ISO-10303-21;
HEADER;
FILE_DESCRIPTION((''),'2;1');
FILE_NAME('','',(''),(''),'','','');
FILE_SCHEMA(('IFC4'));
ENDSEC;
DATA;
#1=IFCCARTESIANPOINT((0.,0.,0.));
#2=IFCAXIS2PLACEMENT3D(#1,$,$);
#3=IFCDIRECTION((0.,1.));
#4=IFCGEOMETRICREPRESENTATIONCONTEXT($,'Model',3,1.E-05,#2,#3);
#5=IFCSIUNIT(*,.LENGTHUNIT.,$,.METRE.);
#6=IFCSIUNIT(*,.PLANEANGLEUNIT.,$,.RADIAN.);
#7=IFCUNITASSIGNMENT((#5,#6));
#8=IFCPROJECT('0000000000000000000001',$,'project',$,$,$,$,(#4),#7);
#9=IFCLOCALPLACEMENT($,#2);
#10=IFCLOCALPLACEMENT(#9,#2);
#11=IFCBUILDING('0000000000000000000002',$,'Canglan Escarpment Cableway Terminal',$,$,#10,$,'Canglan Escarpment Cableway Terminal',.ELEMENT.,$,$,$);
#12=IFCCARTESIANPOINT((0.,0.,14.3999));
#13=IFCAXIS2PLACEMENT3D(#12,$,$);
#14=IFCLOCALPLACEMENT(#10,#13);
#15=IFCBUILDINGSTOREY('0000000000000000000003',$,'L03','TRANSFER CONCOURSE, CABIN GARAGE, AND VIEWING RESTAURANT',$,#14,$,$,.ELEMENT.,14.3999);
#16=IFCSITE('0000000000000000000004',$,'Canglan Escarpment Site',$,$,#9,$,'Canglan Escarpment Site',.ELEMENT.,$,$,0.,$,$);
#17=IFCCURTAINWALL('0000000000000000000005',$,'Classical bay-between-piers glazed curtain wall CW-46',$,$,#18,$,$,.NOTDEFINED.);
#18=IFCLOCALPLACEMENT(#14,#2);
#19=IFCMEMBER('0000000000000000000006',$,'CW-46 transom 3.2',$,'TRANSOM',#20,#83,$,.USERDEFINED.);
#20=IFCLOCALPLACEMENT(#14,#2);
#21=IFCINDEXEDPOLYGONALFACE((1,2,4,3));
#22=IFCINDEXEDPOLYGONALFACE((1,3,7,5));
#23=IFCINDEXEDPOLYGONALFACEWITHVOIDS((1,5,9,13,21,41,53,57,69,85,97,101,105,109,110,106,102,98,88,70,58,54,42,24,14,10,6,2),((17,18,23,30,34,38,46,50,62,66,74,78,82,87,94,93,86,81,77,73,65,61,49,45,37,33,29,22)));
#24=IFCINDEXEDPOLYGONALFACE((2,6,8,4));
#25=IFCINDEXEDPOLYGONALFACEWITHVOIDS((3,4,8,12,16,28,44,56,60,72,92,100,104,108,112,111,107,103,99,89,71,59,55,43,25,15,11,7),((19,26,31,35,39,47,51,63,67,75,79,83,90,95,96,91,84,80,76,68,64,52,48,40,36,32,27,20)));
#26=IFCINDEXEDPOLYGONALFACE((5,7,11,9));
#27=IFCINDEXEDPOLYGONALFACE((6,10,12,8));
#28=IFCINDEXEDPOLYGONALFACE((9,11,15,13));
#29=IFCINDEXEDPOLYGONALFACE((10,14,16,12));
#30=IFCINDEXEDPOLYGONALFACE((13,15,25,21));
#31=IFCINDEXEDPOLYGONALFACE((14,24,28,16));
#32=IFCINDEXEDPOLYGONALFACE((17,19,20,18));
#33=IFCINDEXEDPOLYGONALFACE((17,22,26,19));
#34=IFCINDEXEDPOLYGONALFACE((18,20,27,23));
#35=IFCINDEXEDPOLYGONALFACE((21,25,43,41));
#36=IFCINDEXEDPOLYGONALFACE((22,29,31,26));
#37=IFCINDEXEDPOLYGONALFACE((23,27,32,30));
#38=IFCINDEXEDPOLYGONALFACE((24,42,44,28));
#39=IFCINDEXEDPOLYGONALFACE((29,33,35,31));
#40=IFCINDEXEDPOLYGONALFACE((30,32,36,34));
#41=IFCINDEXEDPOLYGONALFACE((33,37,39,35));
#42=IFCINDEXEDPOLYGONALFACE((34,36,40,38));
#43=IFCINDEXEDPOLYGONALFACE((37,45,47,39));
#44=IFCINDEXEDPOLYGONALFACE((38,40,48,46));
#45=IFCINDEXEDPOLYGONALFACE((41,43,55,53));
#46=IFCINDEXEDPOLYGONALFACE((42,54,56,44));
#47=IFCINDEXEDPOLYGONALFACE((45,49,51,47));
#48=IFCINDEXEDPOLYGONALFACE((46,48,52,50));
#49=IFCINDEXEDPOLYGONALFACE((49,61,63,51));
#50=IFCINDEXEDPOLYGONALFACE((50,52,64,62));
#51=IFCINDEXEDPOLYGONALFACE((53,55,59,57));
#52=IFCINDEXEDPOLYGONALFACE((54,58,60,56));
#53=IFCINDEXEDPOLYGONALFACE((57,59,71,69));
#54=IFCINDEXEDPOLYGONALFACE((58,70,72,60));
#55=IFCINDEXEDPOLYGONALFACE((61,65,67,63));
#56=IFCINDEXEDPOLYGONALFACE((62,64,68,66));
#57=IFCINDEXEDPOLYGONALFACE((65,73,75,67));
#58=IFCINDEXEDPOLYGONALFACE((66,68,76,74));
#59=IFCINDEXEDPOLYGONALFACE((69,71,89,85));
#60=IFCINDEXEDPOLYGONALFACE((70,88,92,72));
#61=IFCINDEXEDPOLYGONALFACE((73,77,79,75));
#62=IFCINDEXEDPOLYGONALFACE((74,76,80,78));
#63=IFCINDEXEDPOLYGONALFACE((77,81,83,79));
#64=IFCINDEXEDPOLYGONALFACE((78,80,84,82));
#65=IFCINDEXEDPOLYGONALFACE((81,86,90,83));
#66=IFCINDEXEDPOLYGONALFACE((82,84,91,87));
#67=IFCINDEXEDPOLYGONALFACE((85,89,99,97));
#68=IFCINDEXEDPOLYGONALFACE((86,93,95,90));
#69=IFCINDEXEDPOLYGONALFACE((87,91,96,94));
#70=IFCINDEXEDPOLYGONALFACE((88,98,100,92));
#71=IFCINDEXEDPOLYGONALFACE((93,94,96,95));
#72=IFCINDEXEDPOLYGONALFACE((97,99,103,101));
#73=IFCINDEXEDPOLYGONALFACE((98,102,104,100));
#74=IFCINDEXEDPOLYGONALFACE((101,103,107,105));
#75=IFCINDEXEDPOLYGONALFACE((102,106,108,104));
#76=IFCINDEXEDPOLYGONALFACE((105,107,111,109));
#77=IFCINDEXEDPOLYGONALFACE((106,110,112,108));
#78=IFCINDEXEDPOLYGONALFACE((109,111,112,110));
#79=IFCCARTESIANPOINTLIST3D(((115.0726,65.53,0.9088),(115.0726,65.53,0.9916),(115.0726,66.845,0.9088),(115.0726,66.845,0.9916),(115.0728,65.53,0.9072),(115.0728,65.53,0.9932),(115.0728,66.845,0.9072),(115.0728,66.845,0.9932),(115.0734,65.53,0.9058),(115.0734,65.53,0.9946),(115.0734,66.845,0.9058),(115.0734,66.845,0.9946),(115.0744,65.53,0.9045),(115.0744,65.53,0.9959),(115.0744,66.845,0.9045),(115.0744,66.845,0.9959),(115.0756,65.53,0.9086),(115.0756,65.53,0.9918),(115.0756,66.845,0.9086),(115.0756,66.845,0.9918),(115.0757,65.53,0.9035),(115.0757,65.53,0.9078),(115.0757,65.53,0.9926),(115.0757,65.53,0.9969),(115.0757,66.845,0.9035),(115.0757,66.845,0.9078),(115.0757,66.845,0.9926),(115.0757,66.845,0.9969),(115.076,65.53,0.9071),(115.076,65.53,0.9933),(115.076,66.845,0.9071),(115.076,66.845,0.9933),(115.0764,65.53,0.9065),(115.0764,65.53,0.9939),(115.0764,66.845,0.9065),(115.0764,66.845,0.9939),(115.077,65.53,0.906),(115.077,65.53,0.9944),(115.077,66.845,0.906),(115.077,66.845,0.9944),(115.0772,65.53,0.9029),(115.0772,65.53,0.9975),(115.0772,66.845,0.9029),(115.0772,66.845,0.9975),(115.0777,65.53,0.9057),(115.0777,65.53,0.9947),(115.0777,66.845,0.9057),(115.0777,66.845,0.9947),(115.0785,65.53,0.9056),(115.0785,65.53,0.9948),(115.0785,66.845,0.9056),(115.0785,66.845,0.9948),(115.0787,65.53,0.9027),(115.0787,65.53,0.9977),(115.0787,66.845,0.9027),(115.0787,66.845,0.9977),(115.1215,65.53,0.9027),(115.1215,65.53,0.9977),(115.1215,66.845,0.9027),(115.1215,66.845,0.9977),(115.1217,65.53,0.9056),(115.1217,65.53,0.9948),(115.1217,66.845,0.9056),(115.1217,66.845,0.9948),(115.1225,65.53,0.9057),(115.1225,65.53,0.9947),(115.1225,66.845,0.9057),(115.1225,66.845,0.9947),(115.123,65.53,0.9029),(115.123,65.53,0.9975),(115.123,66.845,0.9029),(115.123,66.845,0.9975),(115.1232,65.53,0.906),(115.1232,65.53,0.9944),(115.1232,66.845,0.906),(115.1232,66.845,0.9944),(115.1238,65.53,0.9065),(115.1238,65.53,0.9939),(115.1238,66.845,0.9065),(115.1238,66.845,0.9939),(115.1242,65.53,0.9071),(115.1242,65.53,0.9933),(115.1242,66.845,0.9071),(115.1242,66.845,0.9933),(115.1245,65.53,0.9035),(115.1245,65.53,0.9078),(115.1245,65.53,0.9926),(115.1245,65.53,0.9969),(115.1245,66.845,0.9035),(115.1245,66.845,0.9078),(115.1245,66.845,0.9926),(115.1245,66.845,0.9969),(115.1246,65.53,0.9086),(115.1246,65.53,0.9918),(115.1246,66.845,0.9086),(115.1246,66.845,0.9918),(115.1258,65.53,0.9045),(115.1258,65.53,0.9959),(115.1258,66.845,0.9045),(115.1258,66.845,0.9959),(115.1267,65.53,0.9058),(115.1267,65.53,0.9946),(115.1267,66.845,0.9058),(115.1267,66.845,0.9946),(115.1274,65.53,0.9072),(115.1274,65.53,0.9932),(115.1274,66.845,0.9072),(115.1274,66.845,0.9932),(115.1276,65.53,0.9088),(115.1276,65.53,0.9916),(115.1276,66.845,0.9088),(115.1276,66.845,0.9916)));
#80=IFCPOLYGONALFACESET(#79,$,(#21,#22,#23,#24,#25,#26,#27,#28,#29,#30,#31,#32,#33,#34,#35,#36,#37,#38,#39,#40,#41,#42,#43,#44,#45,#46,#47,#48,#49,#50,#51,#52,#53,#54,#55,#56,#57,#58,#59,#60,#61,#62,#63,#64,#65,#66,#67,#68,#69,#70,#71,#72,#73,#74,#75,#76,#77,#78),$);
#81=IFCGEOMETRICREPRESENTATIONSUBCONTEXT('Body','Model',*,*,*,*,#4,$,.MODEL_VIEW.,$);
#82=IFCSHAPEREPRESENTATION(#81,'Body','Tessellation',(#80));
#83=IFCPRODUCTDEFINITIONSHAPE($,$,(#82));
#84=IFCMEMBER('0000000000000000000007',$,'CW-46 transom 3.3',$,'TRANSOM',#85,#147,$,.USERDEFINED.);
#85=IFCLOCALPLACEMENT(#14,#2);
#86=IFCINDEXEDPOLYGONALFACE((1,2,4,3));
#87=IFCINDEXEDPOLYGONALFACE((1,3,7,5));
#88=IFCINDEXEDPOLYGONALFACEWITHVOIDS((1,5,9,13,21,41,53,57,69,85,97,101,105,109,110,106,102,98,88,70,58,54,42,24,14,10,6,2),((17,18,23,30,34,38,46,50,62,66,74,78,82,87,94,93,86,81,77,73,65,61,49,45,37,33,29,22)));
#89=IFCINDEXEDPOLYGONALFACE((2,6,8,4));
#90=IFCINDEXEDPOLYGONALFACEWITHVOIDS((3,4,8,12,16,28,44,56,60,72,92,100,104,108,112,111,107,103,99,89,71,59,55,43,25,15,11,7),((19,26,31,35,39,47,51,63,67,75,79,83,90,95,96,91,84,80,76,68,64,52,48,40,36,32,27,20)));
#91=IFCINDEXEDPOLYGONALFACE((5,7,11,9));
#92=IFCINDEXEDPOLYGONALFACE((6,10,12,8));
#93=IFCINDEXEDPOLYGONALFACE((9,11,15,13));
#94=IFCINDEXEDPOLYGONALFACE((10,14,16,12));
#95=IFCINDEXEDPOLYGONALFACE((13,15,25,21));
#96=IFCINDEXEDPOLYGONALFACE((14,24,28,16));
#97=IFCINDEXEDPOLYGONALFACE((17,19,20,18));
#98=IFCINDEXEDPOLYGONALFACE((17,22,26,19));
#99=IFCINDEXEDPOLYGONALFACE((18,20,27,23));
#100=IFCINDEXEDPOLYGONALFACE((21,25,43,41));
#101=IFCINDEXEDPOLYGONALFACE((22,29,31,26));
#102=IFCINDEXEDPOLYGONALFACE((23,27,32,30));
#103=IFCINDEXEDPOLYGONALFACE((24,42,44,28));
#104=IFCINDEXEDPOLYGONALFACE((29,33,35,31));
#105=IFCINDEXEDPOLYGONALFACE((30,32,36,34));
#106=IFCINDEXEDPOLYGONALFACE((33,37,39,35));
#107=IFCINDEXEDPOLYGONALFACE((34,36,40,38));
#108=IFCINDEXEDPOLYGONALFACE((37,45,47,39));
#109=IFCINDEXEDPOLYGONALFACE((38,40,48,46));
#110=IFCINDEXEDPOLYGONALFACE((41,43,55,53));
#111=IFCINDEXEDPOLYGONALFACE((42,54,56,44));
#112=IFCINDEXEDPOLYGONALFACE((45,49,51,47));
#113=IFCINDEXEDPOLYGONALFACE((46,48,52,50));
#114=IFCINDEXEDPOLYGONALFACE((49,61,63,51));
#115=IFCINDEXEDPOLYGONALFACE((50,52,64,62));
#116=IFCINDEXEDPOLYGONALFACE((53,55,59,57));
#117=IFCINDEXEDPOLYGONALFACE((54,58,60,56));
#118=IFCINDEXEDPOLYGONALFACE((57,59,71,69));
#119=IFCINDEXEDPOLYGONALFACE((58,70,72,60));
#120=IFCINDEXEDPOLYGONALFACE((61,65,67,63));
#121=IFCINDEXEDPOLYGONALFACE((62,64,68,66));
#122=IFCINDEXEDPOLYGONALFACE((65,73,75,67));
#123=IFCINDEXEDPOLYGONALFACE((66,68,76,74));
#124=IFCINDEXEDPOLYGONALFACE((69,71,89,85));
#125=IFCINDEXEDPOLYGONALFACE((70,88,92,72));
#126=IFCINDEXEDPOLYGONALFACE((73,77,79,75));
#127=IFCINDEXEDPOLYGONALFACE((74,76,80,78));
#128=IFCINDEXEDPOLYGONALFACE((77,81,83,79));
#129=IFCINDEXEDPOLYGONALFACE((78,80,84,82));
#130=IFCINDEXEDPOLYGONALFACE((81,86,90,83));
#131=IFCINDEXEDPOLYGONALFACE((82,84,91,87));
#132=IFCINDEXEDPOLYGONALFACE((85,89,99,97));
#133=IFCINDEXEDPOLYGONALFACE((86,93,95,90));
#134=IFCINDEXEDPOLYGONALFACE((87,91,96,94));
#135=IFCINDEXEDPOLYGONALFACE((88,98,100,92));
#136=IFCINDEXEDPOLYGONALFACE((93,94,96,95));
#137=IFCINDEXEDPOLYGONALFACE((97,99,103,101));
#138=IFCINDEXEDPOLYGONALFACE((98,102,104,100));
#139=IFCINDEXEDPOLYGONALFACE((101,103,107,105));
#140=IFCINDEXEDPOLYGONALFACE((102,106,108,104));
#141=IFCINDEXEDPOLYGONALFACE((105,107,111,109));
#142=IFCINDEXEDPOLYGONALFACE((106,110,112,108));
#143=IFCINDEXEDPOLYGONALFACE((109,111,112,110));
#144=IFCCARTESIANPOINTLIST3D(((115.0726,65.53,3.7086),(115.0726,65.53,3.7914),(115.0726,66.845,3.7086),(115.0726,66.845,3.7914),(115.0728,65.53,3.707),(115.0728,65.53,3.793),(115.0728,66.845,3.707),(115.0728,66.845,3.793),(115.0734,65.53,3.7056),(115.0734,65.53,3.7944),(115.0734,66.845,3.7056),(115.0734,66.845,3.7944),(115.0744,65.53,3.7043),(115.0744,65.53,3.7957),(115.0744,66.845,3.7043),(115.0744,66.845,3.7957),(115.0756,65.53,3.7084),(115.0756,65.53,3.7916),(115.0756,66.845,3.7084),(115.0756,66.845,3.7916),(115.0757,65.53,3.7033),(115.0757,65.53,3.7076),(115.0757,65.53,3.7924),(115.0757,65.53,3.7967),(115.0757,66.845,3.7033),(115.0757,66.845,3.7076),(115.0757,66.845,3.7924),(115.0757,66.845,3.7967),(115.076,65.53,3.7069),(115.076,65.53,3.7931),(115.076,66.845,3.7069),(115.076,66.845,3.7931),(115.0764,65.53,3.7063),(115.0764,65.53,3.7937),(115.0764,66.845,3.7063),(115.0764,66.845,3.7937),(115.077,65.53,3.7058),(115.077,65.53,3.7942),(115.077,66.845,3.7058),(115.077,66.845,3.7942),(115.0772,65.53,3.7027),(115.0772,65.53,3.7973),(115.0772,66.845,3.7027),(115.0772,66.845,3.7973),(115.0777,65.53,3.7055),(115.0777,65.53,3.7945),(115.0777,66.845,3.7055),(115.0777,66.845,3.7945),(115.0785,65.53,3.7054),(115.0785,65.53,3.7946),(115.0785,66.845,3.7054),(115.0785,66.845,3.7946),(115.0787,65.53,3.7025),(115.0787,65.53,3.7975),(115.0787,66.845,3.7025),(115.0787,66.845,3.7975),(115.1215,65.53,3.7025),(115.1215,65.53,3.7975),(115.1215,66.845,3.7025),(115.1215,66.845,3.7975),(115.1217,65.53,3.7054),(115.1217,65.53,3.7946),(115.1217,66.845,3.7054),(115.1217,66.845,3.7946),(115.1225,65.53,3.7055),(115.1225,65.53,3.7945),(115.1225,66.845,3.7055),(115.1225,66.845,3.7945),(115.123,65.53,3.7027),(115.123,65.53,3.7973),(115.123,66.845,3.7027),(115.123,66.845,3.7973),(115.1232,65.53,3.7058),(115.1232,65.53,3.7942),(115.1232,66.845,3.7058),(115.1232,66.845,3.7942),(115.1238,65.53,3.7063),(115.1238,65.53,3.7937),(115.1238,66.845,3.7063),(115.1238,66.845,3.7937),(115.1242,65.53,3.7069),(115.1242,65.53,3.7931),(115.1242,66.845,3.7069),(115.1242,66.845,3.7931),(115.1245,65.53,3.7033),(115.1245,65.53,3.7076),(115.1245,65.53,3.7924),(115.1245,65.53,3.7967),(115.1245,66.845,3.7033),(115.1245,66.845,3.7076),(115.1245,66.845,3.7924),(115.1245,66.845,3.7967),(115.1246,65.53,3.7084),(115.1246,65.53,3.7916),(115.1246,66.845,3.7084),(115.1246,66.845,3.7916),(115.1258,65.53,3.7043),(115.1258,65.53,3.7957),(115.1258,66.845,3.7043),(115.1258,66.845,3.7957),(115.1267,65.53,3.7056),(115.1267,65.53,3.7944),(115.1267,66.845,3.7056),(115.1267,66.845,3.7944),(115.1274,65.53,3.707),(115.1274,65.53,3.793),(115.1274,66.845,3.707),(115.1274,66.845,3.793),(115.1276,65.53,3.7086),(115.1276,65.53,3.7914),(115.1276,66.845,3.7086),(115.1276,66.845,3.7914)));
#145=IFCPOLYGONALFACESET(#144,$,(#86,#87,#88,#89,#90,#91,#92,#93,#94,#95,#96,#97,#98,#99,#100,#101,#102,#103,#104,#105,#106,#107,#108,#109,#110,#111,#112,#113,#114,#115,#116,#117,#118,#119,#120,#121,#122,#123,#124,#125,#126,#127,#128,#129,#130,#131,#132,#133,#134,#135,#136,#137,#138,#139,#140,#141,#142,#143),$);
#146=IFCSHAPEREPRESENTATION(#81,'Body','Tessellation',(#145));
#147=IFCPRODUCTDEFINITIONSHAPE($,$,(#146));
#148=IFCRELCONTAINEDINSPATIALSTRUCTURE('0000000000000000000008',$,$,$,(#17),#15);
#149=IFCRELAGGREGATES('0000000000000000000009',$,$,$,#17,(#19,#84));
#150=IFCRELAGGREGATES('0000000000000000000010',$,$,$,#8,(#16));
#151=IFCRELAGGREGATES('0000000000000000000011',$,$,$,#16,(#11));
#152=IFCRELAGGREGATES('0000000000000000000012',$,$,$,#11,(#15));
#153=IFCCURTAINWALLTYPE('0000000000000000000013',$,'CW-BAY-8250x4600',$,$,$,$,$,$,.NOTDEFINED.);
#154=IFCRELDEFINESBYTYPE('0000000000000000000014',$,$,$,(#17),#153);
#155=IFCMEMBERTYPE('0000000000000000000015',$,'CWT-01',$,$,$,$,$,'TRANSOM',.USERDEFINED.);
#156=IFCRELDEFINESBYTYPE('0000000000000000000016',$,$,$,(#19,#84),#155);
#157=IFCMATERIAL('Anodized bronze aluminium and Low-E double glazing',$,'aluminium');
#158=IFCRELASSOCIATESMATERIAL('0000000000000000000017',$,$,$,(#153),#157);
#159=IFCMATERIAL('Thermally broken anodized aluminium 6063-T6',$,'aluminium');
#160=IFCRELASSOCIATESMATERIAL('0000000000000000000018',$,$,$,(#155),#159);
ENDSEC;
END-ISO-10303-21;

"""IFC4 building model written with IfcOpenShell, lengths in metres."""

from ifc_helpers import new_model, si_unit, direction, frame, origin, origin_2d, place, context, subcontext, project, spatial, hollow_rectangle, extrude, material, material_profile, profile_set, type_object, element, aggregate, save


model = new_model("IFC4")

# Units and contexts
model_context = context("Model", 3, precision=1e-05, world=origin(), true_north=direction((0.0, 1.0)))
body_context = subcontext(model_context, "Body", "Model", "MODEL_VIEW")
ifc_project = project(units=[si_unit("LENGTHUNIT", "METRE"), si_unit("PLANEANGLEUNIT", "RADIAN")], contexts=[model_context])

# Site, building, storey
site_placement = place(None, origin())
site = spatial("IfcSite", under=ifc_project, at=site_placement, Name="Canglan Escarpment Site", LongName="Canglan Escarpment Site", CompositionType="ELEMENT", RefElevation=0.0)
building_placement = place(site_placement, origin())
building = spatial("IfcBuilding", under=site, at=building_placement, Name="Canglan Escarpment Cableway Terminal", LongName="Canglan Escarpment Cableway Terminal", CompositionType="ELEMENT")
storey_placement = place(building_placement, frame((0.0, 0.0, 14.3999)))
storey = spatial("IfcBuildingStorey", under=building, at=storey_placement, Name="L03", Description="TRANSFER CONCOURSE, CABIN GARAGE, AND VIEWING RESTAURANT", CompositionType="ELEMENT", Elevation=14.3999)

# Curtain wall, members
ifc_material_1 = material(Name="Anodized bronze aluminium and Low-E double glazing", Category="aluminium")
curtain_wall_type = type_object("IfcCurtainWallType", Name="CW-BAY-8250x4600", PredefinedType="NOTDEFINED", material=ifc_material_1)
curtain_wall_placement = place(storey_placement, origin())
curtain_wall = element("IfcCurtainWall", 1, at=curtain_wall_placement, inside=storey, type_object=curtain_wall_type, Name="Classical bay-between-piers glazed curtain wall CW-46", PredefinedType="NOTDEFINED")
ifc_material_2 = material(Name="Thermally broken anodized aluminium 6063-T6", Category="aluminium")
ifc_material_profile_1 = material_profile(ifc_material_2, hollow_rectangle(XDim=0.0549, YDim=0.095, WallThickness=0.0029, InnerFilletRadius=0.0029, OuterFilletRadius=0.0061, at=origin_2d()), Name="ALU-TRAN 55x95x3")
ifc_profile_set_1 = profile_set([ifc_material_profile_1], Name="Thermally broken anodized aluminium 6063-T6")
member_type_1 = type_object("IfcMemberType", Name="CWT-01", ElementType="TRANSOM", PredefinedType="USERDEFINED", material=ifc_profile_set_1)
member_1_placement = place(storey_placement, frame((115.1001, 66.845, 0.9502), z_axis=(0.0, -1.0, 0.0), x_axis=(1.0, 0.0, 0.0)))
member_1 = element("IfcMember", 2, at=member_1_placement, type_object=member_type_1, Name="CW-46 transom 3.2", ObjectType="TRANSOM", PredefinedType="USERDEFINED", context=body_context, shape_type="SweptSolid", body=[
    extrude(hollow_rectangle(XDim=0.0549, YDim=0.095, WallThickness=0.0029, InnerFilletRadius=0.0029, OuterFilletRadius=0.0061, at=origin_2d()), origin(), (0.0, 0.0, 1.0), 1.3149),
])
member_2_placement = place(storey_placement, frame((115.1001, 66.845, 3.75), z_axis=(0.0, -1.0, 0.0), x_axis=(1.0, 0.0, 0.0)))
member_2 = element("IfcMember", 3, at=member_2_placement, type_object=member_type_1, Name="CW-46 transom 3.3", ObjectType="TRANSOM", PredefinedType="USERDEFINED", context=body_context, shape_type="SweptSolid", body=[
    extrude(hollow_rectangle(XDim=0.0549, YDim=0.095, WallThickness=0.0029, InnerFilletRadius=0.0029, OuterFilletRadius=0.0061, at=origin_2d()), origin(), (0.0, 0.0, 1.0), 1.3149),
])
aggregate(curtain_wall, [member_1, member_2])

save(model, "model.ifc")
